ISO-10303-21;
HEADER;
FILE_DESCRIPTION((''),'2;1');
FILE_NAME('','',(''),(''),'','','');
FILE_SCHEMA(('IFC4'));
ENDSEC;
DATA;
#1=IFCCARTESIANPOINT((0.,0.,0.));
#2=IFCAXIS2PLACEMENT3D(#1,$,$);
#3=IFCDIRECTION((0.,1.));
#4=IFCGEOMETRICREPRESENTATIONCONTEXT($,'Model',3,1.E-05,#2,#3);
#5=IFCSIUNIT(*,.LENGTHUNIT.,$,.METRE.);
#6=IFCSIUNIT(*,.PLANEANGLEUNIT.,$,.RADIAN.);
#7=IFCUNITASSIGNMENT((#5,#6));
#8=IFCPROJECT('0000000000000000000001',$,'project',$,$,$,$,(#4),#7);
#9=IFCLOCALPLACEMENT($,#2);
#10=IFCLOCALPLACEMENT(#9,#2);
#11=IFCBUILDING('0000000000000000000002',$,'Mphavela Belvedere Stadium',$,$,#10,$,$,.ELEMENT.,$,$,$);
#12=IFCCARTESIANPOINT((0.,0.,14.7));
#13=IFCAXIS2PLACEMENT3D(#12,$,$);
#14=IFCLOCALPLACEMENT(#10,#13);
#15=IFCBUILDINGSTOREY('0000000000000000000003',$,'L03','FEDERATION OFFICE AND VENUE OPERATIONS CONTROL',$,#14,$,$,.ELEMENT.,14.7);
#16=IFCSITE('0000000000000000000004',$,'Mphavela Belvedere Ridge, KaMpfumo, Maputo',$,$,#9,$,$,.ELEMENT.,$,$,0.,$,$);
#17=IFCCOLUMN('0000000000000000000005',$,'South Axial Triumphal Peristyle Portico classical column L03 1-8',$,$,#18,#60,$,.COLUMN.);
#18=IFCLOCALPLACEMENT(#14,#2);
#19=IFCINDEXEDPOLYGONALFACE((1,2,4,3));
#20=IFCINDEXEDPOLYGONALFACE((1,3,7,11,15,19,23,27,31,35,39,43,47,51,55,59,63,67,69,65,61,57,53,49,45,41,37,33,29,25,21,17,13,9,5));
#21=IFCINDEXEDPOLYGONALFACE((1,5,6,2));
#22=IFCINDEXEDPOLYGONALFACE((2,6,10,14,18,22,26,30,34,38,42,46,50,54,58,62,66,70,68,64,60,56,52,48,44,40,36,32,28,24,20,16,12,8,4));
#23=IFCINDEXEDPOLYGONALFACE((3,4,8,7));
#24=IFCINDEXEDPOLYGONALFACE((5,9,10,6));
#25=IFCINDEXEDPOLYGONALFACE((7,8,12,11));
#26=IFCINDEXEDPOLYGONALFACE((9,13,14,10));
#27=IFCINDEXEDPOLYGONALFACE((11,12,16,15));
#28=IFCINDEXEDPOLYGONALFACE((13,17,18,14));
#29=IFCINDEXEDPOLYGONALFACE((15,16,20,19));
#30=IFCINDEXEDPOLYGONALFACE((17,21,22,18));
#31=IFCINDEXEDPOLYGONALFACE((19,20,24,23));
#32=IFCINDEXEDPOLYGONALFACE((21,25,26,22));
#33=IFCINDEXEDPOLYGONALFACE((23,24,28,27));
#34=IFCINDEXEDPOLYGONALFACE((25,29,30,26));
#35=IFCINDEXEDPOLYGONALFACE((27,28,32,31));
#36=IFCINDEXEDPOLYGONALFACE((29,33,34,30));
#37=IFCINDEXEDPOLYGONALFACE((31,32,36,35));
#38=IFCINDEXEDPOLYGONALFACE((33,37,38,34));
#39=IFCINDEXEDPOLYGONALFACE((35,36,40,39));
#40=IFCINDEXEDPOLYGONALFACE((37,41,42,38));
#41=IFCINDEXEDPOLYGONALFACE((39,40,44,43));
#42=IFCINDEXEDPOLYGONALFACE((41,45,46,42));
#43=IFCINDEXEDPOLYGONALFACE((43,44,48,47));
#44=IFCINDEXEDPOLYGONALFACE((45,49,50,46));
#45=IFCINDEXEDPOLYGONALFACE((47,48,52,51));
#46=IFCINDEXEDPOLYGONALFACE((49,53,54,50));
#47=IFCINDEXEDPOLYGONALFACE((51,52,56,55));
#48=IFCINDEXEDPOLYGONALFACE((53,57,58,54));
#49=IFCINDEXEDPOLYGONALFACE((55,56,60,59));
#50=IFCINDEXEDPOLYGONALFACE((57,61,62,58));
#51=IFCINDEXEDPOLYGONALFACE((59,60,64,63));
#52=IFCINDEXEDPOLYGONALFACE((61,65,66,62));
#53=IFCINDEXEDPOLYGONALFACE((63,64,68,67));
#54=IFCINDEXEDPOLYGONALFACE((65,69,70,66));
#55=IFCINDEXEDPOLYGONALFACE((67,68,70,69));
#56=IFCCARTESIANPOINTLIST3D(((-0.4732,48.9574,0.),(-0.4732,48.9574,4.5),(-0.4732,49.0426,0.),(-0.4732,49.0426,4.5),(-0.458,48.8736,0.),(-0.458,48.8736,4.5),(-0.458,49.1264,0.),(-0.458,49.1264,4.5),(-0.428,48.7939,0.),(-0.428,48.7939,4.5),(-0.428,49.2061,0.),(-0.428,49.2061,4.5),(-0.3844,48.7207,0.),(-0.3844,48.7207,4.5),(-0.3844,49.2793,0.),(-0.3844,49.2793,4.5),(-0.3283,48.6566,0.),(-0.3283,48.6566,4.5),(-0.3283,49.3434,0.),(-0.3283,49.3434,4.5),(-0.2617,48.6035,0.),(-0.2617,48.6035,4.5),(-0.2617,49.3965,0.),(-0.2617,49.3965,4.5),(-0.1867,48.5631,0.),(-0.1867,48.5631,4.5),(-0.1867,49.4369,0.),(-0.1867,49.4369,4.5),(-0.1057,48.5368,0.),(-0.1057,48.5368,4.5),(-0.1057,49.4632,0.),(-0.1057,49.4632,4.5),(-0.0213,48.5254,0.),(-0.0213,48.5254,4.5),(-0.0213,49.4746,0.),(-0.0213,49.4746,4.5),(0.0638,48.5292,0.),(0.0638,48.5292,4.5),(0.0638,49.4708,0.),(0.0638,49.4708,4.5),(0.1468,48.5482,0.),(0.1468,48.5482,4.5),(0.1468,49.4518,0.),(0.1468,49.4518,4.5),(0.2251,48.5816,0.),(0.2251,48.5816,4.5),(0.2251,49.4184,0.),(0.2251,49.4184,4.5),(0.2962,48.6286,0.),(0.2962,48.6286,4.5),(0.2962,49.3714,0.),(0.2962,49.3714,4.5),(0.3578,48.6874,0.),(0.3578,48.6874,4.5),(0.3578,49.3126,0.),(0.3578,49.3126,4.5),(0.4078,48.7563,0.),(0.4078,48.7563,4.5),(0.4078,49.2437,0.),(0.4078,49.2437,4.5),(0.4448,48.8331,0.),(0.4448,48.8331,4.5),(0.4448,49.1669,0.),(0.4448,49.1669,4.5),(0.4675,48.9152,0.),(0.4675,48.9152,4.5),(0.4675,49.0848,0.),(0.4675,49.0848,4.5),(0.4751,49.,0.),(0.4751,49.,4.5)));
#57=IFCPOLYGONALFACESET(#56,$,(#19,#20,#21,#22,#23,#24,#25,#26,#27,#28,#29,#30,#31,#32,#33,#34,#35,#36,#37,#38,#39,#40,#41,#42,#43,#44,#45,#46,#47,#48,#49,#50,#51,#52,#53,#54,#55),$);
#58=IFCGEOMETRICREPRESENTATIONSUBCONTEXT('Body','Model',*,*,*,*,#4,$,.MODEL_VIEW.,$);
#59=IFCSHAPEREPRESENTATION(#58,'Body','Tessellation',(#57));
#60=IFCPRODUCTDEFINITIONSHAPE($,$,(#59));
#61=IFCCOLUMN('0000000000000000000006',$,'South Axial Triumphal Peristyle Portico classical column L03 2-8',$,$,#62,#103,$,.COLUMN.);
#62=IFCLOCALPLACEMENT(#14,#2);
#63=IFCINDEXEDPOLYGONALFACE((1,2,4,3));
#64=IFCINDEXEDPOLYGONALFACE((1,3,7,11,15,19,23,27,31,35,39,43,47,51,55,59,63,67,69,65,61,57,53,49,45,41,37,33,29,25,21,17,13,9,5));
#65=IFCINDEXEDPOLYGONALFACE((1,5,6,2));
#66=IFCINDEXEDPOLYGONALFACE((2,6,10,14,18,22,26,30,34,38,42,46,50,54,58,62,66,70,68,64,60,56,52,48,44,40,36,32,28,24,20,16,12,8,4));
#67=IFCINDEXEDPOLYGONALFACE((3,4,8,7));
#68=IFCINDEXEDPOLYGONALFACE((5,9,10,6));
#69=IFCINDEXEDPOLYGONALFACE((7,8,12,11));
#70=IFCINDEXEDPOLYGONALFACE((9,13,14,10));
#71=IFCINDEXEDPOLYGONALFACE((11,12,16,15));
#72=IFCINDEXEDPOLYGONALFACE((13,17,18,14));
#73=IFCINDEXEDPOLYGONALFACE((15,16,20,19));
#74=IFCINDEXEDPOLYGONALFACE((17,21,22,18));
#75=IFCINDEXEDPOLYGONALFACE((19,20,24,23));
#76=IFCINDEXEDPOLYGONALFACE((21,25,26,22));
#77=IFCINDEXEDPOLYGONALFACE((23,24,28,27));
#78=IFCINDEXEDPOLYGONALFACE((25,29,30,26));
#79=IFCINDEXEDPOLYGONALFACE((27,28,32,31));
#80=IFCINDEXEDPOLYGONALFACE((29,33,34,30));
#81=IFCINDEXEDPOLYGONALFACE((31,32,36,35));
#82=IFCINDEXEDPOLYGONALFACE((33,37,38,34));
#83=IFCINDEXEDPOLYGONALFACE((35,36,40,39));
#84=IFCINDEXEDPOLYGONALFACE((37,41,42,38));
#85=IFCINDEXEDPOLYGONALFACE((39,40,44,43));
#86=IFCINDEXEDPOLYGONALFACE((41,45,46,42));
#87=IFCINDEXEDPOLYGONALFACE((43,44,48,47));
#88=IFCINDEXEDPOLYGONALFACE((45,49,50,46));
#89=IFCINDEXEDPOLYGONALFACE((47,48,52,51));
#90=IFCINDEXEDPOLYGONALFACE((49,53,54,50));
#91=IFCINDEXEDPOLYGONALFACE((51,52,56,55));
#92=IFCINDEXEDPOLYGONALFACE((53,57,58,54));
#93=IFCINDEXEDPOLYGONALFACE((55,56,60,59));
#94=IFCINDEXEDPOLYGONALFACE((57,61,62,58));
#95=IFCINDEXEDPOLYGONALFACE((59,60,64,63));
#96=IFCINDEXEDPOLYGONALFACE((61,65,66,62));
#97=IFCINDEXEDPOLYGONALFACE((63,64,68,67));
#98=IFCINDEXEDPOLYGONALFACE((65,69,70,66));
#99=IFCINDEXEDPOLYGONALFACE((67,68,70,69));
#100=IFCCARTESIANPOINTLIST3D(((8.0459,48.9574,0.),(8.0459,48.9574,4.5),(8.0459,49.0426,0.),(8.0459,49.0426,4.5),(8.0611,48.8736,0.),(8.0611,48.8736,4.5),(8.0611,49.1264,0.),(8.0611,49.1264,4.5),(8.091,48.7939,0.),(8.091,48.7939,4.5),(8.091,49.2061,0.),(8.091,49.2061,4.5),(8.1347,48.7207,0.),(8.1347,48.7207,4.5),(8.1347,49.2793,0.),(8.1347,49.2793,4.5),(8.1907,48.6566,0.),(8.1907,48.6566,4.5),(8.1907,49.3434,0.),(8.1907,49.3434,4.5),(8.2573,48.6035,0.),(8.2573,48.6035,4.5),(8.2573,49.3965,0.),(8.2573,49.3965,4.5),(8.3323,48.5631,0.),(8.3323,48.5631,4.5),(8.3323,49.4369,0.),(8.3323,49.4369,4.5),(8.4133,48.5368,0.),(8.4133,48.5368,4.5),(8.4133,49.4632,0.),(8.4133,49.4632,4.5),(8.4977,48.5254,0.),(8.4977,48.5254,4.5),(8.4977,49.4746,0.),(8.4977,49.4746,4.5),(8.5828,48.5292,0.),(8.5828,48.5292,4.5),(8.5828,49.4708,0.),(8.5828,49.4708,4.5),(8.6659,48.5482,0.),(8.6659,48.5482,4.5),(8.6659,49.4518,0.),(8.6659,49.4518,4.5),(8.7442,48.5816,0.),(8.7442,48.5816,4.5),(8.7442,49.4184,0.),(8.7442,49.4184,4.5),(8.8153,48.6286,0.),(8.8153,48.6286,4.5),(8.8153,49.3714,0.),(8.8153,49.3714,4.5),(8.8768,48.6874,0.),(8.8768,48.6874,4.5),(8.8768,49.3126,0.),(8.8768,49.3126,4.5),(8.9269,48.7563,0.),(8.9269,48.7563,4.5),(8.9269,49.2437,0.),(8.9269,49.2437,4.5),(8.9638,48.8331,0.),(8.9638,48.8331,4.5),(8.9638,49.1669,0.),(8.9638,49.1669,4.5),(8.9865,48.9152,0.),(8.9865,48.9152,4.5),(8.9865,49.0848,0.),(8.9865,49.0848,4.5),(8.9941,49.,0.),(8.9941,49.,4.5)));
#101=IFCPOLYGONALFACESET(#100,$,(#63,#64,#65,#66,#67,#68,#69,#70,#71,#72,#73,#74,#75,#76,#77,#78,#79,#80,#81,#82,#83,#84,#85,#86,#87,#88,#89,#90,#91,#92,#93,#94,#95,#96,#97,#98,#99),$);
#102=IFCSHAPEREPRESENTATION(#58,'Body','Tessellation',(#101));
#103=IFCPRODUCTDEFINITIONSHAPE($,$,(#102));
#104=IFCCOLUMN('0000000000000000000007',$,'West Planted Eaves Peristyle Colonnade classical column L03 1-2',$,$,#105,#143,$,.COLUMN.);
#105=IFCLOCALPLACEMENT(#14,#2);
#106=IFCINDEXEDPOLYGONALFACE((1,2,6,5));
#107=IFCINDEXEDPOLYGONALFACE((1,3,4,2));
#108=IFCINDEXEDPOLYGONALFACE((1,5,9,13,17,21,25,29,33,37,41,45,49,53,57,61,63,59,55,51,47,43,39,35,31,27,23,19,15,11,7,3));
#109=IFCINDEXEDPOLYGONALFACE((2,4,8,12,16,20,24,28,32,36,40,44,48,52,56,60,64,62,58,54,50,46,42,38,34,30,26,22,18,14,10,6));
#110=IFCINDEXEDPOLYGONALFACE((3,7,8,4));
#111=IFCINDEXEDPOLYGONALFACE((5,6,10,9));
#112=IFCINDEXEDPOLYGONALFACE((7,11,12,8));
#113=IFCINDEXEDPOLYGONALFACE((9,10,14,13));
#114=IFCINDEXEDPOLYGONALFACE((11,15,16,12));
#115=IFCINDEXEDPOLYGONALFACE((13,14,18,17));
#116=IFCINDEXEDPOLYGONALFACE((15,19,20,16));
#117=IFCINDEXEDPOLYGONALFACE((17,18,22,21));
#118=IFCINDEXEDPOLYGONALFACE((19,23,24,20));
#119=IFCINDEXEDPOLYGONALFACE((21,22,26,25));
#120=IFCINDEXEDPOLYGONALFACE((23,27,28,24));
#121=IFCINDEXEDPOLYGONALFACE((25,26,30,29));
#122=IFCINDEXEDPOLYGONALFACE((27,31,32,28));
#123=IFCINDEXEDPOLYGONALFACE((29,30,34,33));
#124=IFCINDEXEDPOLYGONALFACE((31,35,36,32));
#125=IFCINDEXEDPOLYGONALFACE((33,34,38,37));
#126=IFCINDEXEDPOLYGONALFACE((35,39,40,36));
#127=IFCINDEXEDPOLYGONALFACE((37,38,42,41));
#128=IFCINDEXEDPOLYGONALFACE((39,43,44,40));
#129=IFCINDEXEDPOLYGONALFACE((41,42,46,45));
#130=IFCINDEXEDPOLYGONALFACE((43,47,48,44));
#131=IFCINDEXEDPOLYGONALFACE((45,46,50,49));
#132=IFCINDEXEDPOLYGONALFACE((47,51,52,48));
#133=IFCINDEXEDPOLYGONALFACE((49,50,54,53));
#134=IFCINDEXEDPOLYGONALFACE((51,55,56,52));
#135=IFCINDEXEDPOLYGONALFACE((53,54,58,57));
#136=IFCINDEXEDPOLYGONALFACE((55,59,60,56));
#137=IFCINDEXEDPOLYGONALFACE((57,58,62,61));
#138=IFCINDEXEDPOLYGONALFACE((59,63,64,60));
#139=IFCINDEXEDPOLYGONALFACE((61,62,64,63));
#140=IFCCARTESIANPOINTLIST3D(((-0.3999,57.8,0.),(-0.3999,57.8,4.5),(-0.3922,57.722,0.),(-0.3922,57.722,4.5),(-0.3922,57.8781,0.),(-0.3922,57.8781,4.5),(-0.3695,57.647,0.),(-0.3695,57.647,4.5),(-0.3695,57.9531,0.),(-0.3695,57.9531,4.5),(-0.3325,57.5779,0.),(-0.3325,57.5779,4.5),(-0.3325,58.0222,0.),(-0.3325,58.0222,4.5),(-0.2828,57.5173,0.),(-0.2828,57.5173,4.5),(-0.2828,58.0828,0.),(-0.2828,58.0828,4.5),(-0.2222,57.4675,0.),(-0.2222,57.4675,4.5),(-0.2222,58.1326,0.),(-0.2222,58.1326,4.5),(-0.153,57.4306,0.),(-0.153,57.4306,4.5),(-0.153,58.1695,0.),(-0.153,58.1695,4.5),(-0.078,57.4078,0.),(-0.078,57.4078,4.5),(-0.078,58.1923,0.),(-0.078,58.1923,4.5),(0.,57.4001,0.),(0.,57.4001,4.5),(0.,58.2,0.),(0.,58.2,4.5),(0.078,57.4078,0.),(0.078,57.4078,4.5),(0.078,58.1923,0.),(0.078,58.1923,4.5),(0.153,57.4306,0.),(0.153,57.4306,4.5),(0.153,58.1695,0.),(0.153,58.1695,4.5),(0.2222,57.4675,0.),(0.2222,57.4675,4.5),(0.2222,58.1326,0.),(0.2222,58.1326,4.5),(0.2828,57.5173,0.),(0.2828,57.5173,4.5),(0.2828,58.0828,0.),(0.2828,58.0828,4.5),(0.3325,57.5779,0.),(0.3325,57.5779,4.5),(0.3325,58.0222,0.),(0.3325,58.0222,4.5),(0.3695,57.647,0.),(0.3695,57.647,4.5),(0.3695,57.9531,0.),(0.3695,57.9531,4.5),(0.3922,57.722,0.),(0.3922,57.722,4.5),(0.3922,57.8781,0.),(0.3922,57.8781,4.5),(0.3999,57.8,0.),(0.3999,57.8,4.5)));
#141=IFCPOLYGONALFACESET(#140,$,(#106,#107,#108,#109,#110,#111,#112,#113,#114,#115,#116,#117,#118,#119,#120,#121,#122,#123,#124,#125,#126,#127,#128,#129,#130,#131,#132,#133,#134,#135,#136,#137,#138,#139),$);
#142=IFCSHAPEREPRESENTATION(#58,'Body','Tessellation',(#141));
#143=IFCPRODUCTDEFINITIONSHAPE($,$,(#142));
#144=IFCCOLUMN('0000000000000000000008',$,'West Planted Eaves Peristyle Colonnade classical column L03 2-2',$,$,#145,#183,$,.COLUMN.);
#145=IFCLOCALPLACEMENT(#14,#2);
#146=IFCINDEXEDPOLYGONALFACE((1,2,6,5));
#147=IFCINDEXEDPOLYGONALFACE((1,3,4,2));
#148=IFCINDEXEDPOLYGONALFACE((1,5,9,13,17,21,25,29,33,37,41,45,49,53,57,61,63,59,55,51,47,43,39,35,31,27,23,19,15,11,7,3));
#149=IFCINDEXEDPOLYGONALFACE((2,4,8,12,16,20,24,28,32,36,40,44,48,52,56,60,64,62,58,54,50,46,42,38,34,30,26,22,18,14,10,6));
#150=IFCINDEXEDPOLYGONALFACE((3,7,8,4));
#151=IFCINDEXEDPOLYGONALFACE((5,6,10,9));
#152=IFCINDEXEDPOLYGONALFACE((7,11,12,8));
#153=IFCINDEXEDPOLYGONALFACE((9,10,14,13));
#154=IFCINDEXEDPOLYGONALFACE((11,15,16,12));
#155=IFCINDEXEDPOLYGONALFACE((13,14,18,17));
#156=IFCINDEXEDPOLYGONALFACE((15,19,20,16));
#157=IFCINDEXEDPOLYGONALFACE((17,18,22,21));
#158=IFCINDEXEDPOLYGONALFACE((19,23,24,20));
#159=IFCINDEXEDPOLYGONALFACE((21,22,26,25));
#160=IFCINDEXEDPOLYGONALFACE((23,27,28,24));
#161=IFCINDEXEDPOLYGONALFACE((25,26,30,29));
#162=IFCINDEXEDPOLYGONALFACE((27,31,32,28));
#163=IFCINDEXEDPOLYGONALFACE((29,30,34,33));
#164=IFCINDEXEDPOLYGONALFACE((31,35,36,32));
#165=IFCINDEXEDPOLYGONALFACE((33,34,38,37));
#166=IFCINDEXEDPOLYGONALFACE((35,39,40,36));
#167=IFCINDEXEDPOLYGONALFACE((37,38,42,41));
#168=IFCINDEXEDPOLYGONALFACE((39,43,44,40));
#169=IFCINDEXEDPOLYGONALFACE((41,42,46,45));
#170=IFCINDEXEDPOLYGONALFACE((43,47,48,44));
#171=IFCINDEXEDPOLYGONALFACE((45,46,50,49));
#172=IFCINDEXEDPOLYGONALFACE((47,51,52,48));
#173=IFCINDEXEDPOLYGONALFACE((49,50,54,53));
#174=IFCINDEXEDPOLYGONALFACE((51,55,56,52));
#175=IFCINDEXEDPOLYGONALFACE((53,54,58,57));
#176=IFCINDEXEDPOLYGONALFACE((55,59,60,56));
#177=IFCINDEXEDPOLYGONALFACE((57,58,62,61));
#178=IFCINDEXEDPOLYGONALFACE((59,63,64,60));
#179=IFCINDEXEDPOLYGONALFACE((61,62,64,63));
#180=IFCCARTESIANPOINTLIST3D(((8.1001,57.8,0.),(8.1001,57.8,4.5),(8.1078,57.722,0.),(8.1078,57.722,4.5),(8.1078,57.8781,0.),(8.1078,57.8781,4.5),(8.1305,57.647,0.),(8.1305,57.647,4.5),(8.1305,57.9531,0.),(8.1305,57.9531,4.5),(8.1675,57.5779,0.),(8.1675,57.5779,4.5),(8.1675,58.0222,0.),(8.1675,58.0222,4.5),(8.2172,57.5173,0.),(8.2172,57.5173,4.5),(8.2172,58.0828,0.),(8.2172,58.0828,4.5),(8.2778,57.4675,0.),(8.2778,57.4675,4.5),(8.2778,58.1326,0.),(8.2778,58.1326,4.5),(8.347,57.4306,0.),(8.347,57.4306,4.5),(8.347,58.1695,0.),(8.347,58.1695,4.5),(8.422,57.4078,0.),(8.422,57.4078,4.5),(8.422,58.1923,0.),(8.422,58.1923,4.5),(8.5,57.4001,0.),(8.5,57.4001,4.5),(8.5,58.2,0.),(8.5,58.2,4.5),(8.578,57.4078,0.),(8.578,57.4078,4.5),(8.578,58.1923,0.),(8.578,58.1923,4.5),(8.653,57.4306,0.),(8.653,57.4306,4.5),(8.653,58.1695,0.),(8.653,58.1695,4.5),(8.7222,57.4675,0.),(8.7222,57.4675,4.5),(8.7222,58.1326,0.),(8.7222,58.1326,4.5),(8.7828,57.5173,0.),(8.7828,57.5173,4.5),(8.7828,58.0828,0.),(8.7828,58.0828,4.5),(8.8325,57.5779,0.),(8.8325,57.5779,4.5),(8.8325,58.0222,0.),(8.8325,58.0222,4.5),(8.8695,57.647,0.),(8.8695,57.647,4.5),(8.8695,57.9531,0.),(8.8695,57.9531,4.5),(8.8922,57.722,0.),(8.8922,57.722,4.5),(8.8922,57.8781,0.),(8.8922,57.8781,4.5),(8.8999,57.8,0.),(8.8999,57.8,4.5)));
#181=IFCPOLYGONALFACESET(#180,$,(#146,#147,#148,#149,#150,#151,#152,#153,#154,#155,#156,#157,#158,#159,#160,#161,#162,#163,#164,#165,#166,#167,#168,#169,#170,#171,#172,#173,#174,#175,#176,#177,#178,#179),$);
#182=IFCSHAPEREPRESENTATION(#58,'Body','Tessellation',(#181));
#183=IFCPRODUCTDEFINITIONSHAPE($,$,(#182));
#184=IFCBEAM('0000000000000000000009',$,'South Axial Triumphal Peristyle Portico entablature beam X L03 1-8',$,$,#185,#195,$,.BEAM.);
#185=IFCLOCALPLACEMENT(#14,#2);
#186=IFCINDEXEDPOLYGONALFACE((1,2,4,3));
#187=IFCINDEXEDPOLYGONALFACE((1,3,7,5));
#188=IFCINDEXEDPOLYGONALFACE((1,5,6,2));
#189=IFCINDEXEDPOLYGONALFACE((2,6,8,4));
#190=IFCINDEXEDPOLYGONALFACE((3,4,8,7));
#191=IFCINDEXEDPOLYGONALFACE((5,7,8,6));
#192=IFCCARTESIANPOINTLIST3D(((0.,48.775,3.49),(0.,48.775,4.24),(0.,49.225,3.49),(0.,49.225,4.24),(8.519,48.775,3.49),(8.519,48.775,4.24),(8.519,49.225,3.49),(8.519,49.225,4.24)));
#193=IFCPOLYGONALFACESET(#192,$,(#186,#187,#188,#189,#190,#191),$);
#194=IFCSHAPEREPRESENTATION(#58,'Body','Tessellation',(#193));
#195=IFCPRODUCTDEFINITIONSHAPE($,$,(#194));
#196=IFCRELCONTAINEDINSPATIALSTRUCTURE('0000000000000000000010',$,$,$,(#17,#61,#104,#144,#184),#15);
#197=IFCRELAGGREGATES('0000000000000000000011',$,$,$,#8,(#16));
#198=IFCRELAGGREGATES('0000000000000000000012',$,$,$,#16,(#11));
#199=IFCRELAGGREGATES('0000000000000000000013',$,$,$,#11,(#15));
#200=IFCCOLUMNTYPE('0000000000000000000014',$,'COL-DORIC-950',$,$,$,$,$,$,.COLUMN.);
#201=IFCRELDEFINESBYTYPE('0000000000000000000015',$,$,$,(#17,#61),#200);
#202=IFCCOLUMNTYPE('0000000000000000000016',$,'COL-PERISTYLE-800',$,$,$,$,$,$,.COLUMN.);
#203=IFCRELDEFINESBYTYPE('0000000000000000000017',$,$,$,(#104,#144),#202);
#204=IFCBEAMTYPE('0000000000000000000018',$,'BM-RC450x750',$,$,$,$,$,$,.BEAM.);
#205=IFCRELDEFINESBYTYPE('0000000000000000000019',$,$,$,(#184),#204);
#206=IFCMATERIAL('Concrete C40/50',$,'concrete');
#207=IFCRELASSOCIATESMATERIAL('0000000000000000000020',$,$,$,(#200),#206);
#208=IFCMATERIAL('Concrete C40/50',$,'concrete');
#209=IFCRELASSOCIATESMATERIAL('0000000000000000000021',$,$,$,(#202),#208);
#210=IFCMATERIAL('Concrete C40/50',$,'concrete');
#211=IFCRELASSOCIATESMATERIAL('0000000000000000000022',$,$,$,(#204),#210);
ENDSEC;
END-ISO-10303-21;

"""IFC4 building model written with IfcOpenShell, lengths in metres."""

from ifc_helpers import new_model, si_unit, direction, frame, origin, origin_2d, place, context, subcontext, project, spatial, rectangle, circle, extrude, material, material_profile, profile_set, type_object, element, save


model = new_model("IFC4")

# Units and contexts
model_context = context("Model", 3, precision=1e-05, world=origin(), true_north=direction((0.0, 1.0)))
body_context = subcontext(model_context, "Body", "Model", "MODEL_VIEW")
ifc_project = project(units=[si_unit("LENGTHUNIT", "METRE"), si_unit("PLANEANGLEUNIT", "RADIAN")], contexts=[model_context])

# Site, building, storey
site_placement = place(None, origin())
site = spatial("IfcSite", under=ifc_project, at=site_placement, Name="Mphavela Belvedere Ridge, KaMpfumo, Maputo", CompositionType="ELEMENT", RefElevation=0.0)
building_placement = place(site_placement, origin())
building = spatial("IfcBuilding", under=site, at=building_placement, Name="Mphavela Belvedere Stadium", CompositionType="ELEMENT")
storey_placement = place(building_placement, frame((0.0, 0.0, 14.7)))
storey = spatial("IfcBuildingStorey", under=building, at=storey_placement, Name="L03", Description="FEDERATION OFFICE AND VENUE OPERATIONS CONTROL", CompositionType="ELEMENT", Elevation=14.7)

# Columns
ifc_material_1 = material(Name="Concrete C40/50", Category="concrete")
ifc_material_profile_1 = material_profile(ifc_material_1, circle(Radius=0.4751, at=origin_2d()), Name="COL D950")
ifc_profile_set_1 = profile_set([ifc_material_profile_1], Name="Concrete C40/50")
column_type_1 = type_object("IfcColumnType", Name="COL-DORIC-950", PredefinedType="COLUMN", material=ifc_profile_set_1)
for number, where, z_axis, x_axis, name in (
    (1, (0.0, 49.0, 0.0), (0.0, 0.0, 1.0), (1.0, 0.0, 0.0), "South Axial Triumphal Peristyle Portico classical column L03 1-8"),
    (2, (8.519, 49.0, 0.0), (0.0, 0.0, 1.0), (1.0, 0.0, 0.0), "South Axial Triumphal Peristyle Portico classical column L03 2-8"),
):
    element("IfcColumn", number, at=place(storey_placement, frame(where, z_axis=z_axis, x_axis=x_axis)), inside=storey, type_object=column_type_1, Name=name, PredefinedType="COLUMN", context=body_context, shape_type="SweptSolid", body=[
        extrude(circle(Radius=0.4751, at=origin_2d()), origin(), (0.0, 0.0, 1.0), 4.5),
    ])
ifc_material_2 = material(Name="Concrete C40/50", Category="concrete")
ifc_material_profile_2 = material_profile(ifc_material_2, circle(Radius=0.3999, at=origin_2d()), Name="COL D800")
ifc_profile_set_2 = profile_set([ifc_material_profile_2], Name="Concrete C40/50")
column_type_2 = type_object("IfcColumnType", Name="COL-PERISTYLE-800", PredefinedType="COLUMN", material=ifc_profile_set_2)
for number, where, z_axis, x_axis, name in (
    (3, (0.0, 57.8, 0.0), (0.0, 0.0, 1.0), (1.0, 0.0, 0.0), "West Planted Eaves Peristyle Colonnade classical column L03 1-2"),
    (4, (8.5, 57.8, 0.0), (0.0, 0.0, 1.0), (1.0, 0.0, 0.0), "West Planted Eaves Peristyle Colonnade classical column L03 2-2"),
):
    element("IfcColumn", number, at=place(storey_placement, frame(where, z_axis=z_axis, x_axis=x_axis)), inside=storey, type_object=column_type_2, Name=name, PredefinedType="COLUMN", context=body_context, shape_type="SweptSolid", body=[
        extrude(circle(Radius=0.3999, at=origin_2d()), origin(), (0.0, 0.0, 1.0), 4.5),
    ])

# Beam
ifc_material_3 = material(Name="Concrete C40/50", Category="concrete")
ifc_material_profile_3 = material_profile(ifc_material_3, rectangle(XDim=0.45, YDim=0.75, at=origin_2d()), Name="RC 450x750")
ifc_profile_set_3 = profile_set([ifc_material_profile_3], Name="Concrete C40/50")
beam_type = type_object("IfcBeamType", Name="BM-RC450x750", PredefinedType="BEAM", material=ifc_profile_set_3)
beam_1_placement = place(storey_placement, frame((0.0, 49.0, 3.865), z_axis=(1.0, 0.0, 0.0), x_axis=(0.0, 1.0, 0.0)))
element("IfcBeam", 5, at=beam_1_placement, inside=storey, type_object=beam_type, Name="South Axial Triumphal Peristyle Portico entablature beam X L03 1-8", PredefinedType="BEAM", context=body_context, shape_type="SweptSolid", body=[
    extrude(rectangle(XDim=0.45, YDim=0.75, at=origin_2d()), origin(), (0.0, 0.0, 1.0), 8.519),
])

save(model, "model.ifc")
